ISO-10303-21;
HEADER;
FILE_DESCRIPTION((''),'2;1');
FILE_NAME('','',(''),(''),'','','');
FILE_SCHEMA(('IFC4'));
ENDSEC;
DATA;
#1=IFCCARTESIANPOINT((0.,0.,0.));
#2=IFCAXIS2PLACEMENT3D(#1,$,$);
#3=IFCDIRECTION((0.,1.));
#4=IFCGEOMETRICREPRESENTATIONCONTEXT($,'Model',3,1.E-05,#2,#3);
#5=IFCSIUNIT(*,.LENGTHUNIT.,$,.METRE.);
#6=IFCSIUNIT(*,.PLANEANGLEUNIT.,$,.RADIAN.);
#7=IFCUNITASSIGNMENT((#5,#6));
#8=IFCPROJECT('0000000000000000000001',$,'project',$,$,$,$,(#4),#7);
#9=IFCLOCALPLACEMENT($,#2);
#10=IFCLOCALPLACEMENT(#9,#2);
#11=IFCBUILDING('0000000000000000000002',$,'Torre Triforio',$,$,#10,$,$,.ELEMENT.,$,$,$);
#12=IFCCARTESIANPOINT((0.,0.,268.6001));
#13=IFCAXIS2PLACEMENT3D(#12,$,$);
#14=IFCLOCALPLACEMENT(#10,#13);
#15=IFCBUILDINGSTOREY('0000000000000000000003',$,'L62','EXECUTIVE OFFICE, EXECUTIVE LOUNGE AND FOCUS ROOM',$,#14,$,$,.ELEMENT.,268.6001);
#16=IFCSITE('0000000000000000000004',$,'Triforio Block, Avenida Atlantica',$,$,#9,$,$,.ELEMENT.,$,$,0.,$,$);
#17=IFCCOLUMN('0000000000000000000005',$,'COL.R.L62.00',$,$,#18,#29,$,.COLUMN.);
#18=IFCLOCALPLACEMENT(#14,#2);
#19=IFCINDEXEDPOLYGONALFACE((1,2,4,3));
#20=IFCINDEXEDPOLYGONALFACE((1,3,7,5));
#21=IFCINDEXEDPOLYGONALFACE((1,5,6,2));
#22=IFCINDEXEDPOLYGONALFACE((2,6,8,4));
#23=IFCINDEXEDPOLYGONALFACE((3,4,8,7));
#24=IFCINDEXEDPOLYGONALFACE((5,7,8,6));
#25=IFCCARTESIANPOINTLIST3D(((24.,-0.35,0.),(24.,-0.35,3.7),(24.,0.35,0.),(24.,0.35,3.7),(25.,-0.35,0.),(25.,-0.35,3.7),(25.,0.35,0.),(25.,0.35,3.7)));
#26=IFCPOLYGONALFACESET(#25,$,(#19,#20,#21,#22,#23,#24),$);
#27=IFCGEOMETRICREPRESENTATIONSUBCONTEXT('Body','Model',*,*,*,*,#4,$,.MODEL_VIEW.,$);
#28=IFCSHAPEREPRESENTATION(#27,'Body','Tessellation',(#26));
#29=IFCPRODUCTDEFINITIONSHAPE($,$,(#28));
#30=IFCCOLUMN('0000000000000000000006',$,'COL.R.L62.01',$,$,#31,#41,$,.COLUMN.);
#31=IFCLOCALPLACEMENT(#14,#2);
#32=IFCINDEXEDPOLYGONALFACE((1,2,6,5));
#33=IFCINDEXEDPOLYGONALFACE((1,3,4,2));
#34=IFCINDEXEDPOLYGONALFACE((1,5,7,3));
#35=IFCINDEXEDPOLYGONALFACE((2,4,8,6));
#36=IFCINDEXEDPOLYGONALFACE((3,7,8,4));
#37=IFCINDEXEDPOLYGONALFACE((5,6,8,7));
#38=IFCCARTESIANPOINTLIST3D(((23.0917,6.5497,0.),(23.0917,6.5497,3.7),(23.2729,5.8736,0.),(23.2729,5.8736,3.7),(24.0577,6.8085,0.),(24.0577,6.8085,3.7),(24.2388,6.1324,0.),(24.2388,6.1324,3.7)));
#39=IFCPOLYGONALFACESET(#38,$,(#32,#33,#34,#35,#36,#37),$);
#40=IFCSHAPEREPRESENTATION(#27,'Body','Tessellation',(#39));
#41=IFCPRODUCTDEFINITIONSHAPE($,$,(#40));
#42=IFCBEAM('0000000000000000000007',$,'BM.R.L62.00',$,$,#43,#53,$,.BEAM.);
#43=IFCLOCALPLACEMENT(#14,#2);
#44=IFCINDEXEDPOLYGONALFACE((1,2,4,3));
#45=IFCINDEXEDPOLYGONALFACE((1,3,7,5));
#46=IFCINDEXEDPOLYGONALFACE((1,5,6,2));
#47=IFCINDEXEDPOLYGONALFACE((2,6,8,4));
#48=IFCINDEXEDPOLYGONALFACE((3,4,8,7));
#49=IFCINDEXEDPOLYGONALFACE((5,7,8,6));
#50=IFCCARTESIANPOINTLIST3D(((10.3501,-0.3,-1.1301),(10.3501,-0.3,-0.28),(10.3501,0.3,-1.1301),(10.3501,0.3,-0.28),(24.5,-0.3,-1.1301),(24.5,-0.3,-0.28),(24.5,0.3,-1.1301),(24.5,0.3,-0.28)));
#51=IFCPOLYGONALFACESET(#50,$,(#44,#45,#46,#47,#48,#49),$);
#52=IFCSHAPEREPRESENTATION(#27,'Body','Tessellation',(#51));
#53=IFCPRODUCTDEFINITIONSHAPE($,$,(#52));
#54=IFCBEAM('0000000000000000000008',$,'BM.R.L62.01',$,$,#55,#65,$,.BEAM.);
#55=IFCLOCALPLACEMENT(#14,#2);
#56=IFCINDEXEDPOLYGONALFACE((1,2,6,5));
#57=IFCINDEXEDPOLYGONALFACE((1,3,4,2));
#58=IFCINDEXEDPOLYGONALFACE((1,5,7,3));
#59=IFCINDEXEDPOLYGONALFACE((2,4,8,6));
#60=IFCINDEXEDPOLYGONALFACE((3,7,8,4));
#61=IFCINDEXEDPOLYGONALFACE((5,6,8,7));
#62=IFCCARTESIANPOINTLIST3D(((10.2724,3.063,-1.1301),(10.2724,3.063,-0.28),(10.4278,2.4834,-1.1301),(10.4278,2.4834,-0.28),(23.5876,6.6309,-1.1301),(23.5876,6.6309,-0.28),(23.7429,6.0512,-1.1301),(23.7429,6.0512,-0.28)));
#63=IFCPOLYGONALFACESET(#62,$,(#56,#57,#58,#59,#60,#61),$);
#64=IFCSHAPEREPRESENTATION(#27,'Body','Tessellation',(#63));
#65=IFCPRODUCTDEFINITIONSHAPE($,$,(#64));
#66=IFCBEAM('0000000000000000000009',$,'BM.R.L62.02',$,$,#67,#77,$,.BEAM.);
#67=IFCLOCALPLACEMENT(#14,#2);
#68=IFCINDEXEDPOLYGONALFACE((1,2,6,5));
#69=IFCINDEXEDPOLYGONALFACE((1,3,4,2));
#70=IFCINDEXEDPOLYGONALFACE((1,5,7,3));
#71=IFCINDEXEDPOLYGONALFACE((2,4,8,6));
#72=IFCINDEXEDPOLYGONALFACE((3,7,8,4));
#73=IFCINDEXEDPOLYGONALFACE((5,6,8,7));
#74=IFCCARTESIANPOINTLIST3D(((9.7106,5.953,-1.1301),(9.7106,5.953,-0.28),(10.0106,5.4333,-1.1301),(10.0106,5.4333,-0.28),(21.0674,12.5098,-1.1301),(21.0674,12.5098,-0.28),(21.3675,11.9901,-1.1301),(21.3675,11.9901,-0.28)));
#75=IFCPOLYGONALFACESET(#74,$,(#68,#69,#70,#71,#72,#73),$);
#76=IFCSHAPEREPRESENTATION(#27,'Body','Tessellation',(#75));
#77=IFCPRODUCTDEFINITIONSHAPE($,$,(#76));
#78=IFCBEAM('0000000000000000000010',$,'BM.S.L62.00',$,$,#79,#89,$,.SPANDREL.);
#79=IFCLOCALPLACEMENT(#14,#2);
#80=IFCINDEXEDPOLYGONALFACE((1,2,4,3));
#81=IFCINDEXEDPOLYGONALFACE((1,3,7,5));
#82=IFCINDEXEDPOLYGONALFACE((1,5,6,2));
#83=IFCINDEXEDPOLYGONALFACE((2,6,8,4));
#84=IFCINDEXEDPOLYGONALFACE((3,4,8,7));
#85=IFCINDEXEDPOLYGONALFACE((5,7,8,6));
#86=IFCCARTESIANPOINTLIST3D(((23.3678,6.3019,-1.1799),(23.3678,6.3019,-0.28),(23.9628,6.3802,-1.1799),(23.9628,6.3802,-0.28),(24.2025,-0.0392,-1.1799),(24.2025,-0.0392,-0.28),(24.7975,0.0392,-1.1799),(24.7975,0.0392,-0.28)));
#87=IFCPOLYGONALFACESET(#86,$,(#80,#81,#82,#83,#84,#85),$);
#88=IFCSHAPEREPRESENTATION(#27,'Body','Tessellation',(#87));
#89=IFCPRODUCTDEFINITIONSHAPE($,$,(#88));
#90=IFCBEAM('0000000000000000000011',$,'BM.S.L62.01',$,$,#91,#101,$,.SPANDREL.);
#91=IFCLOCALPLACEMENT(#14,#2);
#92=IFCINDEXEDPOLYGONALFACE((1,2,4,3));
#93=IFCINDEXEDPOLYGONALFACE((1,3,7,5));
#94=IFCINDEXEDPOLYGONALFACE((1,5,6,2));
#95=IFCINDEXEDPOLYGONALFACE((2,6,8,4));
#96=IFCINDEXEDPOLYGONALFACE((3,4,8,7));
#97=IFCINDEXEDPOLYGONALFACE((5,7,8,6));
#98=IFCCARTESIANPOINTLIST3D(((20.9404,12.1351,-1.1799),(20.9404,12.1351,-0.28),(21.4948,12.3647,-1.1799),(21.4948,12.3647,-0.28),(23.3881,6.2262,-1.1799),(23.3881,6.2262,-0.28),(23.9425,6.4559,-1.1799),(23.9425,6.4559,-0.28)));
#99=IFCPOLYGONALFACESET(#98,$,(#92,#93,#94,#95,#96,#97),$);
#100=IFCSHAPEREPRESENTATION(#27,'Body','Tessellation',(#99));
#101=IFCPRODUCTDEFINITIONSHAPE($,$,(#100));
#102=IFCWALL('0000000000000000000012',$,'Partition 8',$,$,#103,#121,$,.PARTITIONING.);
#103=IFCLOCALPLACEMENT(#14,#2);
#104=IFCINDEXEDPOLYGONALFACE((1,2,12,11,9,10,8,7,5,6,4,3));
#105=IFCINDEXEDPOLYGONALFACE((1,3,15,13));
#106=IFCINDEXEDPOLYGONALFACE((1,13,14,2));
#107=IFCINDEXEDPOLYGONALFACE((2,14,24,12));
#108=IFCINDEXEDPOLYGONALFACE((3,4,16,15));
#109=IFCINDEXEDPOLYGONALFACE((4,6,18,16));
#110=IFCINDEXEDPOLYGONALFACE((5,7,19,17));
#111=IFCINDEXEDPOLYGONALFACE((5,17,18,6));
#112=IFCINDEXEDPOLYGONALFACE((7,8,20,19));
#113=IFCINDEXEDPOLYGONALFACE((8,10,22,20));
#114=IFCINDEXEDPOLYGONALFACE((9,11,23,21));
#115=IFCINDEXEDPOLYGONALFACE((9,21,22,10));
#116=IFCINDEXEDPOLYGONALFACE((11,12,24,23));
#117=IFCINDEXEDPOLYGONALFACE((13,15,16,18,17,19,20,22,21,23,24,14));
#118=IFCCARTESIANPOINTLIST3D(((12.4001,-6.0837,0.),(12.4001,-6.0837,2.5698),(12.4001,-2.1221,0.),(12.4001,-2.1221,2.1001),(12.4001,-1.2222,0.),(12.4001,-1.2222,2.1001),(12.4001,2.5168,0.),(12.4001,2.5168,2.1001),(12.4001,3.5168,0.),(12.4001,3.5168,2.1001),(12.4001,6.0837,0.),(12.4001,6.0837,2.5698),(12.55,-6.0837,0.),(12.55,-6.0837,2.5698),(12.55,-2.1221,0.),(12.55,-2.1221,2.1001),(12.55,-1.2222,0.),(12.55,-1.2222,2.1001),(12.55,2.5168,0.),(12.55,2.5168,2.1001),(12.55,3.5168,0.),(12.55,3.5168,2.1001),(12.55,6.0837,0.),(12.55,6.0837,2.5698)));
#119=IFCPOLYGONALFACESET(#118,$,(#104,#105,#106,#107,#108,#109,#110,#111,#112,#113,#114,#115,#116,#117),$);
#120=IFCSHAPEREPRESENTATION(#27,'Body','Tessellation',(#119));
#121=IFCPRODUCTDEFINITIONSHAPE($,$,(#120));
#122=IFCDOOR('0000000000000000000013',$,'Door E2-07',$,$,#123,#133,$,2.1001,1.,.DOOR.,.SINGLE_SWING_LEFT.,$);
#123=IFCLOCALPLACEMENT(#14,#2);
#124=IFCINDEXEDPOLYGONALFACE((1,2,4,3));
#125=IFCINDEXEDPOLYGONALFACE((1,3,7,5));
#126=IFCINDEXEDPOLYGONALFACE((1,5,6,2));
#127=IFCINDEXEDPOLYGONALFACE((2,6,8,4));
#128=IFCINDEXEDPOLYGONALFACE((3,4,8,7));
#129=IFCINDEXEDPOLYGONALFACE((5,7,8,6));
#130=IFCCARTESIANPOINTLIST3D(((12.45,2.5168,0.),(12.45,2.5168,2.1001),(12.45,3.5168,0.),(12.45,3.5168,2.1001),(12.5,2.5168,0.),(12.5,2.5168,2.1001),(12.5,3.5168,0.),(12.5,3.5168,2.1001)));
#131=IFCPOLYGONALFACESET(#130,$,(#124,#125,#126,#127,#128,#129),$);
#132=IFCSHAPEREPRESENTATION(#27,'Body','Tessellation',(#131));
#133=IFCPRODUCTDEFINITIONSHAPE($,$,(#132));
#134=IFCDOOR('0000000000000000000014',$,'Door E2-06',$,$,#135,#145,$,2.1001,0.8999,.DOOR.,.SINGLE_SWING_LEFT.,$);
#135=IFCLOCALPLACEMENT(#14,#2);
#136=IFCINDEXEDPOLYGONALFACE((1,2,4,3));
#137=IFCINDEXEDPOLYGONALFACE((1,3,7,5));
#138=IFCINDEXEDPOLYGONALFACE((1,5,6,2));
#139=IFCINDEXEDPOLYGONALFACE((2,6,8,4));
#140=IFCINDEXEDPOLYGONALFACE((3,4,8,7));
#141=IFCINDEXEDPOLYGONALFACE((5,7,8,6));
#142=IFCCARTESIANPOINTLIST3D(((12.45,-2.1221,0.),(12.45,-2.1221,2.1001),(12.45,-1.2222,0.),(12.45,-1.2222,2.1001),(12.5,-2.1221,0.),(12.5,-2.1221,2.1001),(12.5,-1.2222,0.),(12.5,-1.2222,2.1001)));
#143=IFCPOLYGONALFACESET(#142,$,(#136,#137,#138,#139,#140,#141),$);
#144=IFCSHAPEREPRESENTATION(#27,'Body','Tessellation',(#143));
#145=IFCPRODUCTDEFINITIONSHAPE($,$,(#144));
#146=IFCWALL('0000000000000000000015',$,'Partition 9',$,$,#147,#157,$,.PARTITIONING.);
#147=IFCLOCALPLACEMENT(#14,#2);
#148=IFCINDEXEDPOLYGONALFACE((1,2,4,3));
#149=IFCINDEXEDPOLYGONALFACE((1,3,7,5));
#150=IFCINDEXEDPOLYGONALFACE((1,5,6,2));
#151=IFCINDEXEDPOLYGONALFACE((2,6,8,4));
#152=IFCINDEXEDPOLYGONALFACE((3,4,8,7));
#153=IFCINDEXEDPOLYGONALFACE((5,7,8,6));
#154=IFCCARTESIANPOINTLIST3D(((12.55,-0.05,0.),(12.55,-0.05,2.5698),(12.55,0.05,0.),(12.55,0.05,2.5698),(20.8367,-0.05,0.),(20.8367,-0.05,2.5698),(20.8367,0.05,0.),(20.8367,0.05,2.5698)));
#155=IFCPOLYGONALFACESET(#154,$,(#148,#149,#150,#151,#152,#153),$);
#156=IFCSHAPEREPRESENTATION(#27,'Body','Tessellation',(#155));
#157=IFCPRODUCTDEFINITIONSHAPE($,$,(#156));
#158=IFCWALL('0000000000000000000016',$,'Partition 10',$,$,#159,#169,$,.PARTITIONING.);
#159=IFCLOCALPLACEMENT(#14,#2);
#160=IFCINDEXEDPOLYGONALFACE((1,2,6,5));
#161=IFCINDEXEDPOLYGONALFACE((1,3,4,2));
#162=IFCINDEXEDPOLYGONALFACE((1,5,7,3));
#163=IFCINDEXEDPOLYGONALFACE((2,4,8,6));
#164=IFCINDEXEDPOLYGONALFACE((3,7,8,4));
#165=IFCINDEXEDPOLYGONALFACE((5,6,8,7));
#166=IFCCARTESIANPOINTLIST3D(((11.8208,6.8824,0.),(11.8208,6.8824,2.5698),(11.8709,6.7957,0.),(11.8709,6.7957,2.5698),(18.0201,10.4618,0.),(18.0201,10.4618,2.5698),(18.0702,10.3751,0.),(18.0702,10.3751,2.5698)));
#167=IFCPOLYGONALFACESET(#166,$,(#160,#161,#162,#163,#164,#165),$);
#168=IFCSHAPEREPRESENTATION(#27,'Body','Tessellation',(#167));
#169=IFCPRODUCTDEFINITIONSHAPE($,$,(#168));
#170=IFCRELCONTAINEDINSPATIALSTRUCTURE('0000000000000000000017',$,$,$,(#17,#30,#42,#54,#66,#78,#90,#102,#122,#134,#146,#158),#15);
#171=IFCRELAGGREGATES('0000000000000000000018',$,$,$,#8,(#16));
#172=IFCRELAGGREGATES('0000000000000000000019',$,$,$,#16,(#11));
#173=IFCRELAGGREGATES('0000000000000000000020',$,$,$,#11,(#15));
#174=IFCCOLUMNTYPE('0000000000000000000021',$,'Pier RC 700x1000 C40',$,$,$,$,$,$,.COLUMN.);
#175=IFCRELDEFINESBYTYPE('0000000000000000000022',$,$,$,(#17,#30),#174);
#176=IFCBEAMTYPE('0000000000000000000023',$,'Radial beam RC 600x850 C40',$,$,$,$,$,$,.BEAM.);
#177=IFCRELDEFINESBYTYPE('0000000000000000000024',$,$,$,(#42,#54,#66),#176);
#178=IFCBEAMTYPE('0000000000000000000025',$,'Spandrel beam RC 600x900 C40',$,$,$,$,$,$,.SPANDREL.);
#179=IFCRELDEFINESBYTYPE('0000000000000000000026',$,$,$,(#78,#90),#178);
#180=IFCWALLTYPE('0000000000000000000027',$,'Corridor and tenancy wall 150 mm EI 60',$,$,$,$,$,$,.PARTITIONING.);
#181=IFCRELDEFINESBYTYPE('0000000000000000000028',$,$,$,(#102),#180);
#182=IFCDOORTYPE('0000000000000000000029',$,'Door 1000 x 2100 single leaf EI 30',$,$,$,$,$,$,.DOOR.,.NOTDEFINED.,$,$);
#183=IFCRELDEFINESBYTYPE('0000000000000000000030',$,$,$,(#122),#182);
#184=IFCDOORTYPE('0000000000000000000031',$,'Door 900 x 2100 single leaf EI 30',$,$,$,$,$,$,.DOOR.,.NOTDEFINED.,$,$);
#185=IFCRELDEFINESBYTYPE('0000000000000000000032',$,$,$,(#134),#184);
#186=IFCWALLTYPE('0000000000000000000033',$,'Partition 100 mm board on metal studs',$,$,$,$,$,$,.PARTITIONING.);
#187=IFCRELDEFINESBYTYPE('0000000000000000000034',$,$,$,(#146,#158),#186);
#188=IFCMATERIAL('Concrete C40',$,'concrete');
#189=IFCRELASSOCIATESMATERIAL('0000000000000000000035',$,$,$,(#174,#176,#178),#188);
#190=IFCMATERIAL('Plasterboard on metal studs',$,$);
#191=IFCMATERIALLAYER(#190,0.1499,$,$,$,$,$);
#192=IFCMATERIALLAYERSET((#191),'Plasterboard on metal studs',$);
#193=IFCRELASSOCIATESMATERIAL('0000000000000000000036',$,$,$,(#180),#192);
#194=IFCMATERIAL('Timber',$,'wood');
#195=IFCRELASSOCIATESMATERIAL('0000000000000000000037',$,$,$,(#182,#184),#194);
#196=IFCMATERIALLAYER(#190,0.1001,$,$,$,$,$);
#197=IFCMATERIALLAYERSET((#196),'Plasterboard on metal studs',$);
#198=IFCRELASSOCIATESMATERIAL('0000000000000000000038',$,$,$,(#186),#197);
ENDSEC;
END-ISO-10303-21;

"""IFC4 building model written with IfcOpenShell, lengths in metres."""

from ifc_helpers import new_model, si_unit, direction, frame, frame_2d, origin, origin_2d, place, context, subcontext, project, spatial, rectangle, extrude, material, layer, layer_set, material_profile, profile_set, type_object, element, fill, save


model = new_model("IFC4")

# Units and contexts
model_context = context("Model", 3, precision=1e-05, world=origin(), true_north=direction((0.0, 1.0)))
body_context = subcontext(model_context, "Body", "Model", "MODEL_VIEW")
ifc_project = project(units=[si_unit("LENGTHUNIT", "METRE"), si_unit("PLANEANGLEUNIT", "RADIAN")], contexts=[model_context])

# Site, building, storey
site_placement = place(None, origin())
site = spatial("IfcSite", under=ifc_project, at=site_placement, Name="Triforio Block, Avenida Atlantica", CompositionType="ELEMENT", RefElevation=0.0)
building_placement = place(site_placement, origin())
building = spatial("IfcBuilding", under=site, at=building_placement, Name="Torre Triforio", CompositionType="ELEMENT")
storey_placement = place(building_placement, frame((0.0, 0.0, 268.6001)))
storey = spatial("IfcBuildingStorey", under=building, at=storey_placement, Name="L62", Description="EXECUTIVE OFFICE, EXECUTIVE LOUNGE AND FOCUS ROOM", CompositionType="ELEMENT", Elevation=268.6001)

# Columns
ifc_material_1 = material(Name="Concrete C40", Category="concrete")
ifc_material_profile_1 = material_profile(ifc_material_1, rectangle(XDim=0.7, YDim=1.0, at=origin_2d()), Name="RC 700x1000")
ifc_profile_set_1 = profile_set([ifc_material_profile_1], Name="Concrete C40")
column_type = type_object("IfcColumnType", Name="Pier RC 700x1000 C40", PredefinedType="COLUMN", material=ifc_profile_set_1)
for number, where, z_axis, x_axis, name in (
    (1, (24.5, 0.0, 0.0), (0.0, 0.0, 1.0), (0.0, 1.0, 0.0), "COL.R.L62.00"),
    (2, (23.6653, 6.3411, 0.0), (0.0, 0.0, 1.0), (-0.258819, 0.965926, 0.0), "COL.R.L62.01"),
):
    element("IfcColumn", number, at=place(storey_placement, frame(where, z_axis=z_axis, x_axis=x_axis)), inside=storey, type_object=column_type, Name=name, PredefinedType="COLUMN", context=body_context, shape_type="SweptSolid", body=[
        extrude(rectangle(XDim=0.7, YDim=1.0, at=origin_2d()), origin(), (0.0, 0.0, 1.0), 3.7),
    ])

# Beams
ifc_material_profile_2 = material_profile(ifc_material_1, rectangle(XDim=0.6001, YDim=0.8501, at=origin_2d()), Name="RC 600x850")
ifc_profile_set_2 = profile_set([ifc_material_profile_2], Name="Concrete C40")
beam_type_1 = type_object("IfcBeamType", Name="Radial beam RC 600x850 C40", PredefinedType="BEAM", material=ifc_profile_set_2)
beam_1_placement = place(storey_placement, frame((10.3501, 0.0, -0.7051), z_axis=(1.0, 0.0, 0.0), x_axis=(0.0, 1.0, 0.0)))
element("IfcBeam", 3, at=beam_1_placement, inside=storey, type_object=beam_type_1, Name="BM.R.L62.00", PredefinedType="BEAM", context=body_context, shape_type="SweptSolid", body=[
    extrude(rectangle(XDim=0.6001, YDim=0.8501, at=origin_2d()), origin(), (0.0, 0.0, 1.0), 14.1499),
])
beam_2_placement = place(storey_placement, frame((10.3501, 2.7732, -0.7051), z_axis=(0.965924, 0.258824, 0.0), x_axis=(-0.258824, 0.965924, 0.0)))
element("IfcBeam", 4, at=beam_2_placement, inside=storey, type_object=beam_type_1, Name="BM.R.L62.01", PredefinedType="BEAM", context=body_context, shape_type="SweptSolid", body=[
    extrude(rectangle(XDim=0.6001, YDim=0.8501, at=origin_2d()), origin(), (0.0, 0.0, 1.0), 13.7849),
])
beam_3_placement = place(storey_placement, frame((9.8606, 5.6931, -0.7051), z_axis=(0.866027, 0.499997, 0.0), x_axis=(-0.499997, 0.866027, 0.0)))
element("IfcBeam", 5, at=beam_3_placement, inside=storey, type_object=beam_type_1, Name="BM.R.L62.02", PredefinedType="BEAM", context=body_context, shape_type="SweptSolid", body=[
    extrude(rectangle(XDim=0.6001, YDim=0.8501, at=origin_2d()), origin(), (0.0, 0.0, 1.0), 13.1138),
])
ifc_material_profile_3 = material_profile(ifc_material_1, rectangle(XDim=0.6001, YDim=0.8999, at=origin_2d()), Name="RC 600x900")
ifc_profile_set_3 = profile_set([ifc_material_profile_3], Name="Concrete C40")
beam_type_2 = type_object("IfcBeamType", Name="Spandrel beam RC 600x900 C40", PredefinedType="SPANDREL", material=ifc_profile_set_3)
for number, where, z_axis, x_axis, name in (
    (6, (24.5, 0.0, -0.73), (-0.130511, 0.991447, 0.0), (-0.991447, -0.130511, 0.0), "BM.S.L62.00"),
    (7, (23.6653, 6.3411, -0.73), (-0.382709, 0.923869, 0.0), (-0.923869, -0.382709, 0.0), "BM.S.L62.01"),
):
    element("IfcBeam", number, at=place(storey_placement, frame(where, z_axis=z_axis, x_axis=x_axis)), inside=storey, type_object=beam_type_2, Name=name, PredefinedType="SPANDREL", context=body_context, shape_type="SweptSolid", body=[
        extrude(rectangle(XDim=0.6001, YDim=0.8999, at=origin_2d()), origin(), (0.0, 0.0, 1.0), 6.3958),
    ])

# Wall, openings, doors
ifc_material_2 = material(Name="Plasterboard on metal studs")
ifc_layer_1 = layer(ifc_material_2, 0.1499)
ifc_layer_set_1 = layer_set([ifc_layer_1], Name="Plasterboard on metal studs")
wall_type_1 = type_object("IfcWallType", Name="Corridor and tenancy wall 150 mm EI 60", PredefinedType="PARTITIONING", material=ifc_layer_set_1)
wall_1_placement = place(storey_placement, frame((12.4751, 6.0837, 0.0), z_axis=(0.0, 0.0, 1.0), x_axis=(0.0, -1.0, 0.0)))
wall_1 = element("IfcWall", 8, at=wall_1_placement, inside=storey, type_object=wall_type_1, Name="Partition 8", PredefinedType="PARTITIONING", context=body_context, shape_type="SweptSolid", body=[
    extrude(rectangle(XDim=12.1675, YDim=0.1499, at=frame_2d((6.0837, 0.0))), origin(), (0.0, 0.0, 1.0), 2.5698),
])
opening_1_placement = place(wall_1_placement, frame((7.3059, 0.0, 0.0)))
opening_1 = element("IfcOpeningElement", 9, at=opening_1_placement, cuts=wall_1, PredefinedType="OPENING", context=body_context, shape_type="SweptSolid", body=[
    extrude(rectangle(XDim=0.8999, YDim=2.1001, at=frame_2d((0.45, 1.05))), frame((0.0, 0.085, 0.0), z_axis=(0.0, -1.0, 0.0), x_axis=(1.0, 0.0, 0.0)), (0.0, 0.0, 1.0), 0.1699),
])
opening_2_placement = place(wall_1_placement, frame((2.5669, 0.0, 0.0)))
opening_2 = element("IfcOpeningElement", 10, at=opening_2_placement, cuts=wall_1, PredefinedType="OPENING", context=body_context, shape_type="SweptSolid", body=[
    extrude(rectangle(XDim=1.0, YDim=2.1001, at=frame_2d((0.5, 1.05))), frame((0.0, 0.085, 0.0), z_axis=(0.0, -1.0, 0.0), x_axis=(1.0, 0.0, 0.0)), (0.0, 0.0, 1.0), 0.1699),
])
ifc_material_3 = material(Name="Timber", Category="wood")
door_type_1 = type_object("IfcDoorType", Name="Door 1000 x 2100 single leaf EI 30", OperationType="NOTDEFINED", PredefinedType="DOOR", material=ifc_material_3)
door_1_placement = place(opening_2_placement, origin())
door_1 = element("IfcDoor", 11, at=door_1_placement, inside=storey, type_object=door_type_1, Name="Door E2-07", OperationType="SINGLE_SWING_LEFT", OverallHeight=2.1001, OverallWidth=1.0, PredefinedType="DOOR", context=body_context, shape_type="SweptSolid", body=[
    extrude(rectangle(XDim=1.0, YDim=2.1001, at=frame_2d((0.5, 1.05))), frame((0.0, 0.0249, 0.0), z_axis=(0.0, -1.0, 0.0), x_axis=(1.0, 0.0, 0.0)), (0.0, 0.0, 1.0), 0.05),
])
fill(opening_2, door_1)
door_type_2 = type_object("IfcDoorType", Name="Door 900 x 2100 single leaf EI 30", OperationType="NOTDEFINED", PredefinedType="DOOR", material=ifc_material_3)
door_2_placement = place(opening_1_placement, origin())
door_2 = element("IfcDoor", 12, at=door_2_placement, inside=storey, type_object=door_type_2, Name="Door E2-06", OperationType="SINGLE_SWING_LEFT", OverallHeight=2.1001, OverallWidth=0.8999, PredefinedType="DOOR", context=body_context, shape_type="SweptSolid", body=[
    extrude(rectangle(XDim=0.8999, YDim=2.1001, at=frame_2d((0.45, 1.05))), frame((0.0, 0.0249, 0.0), z_axis=(0.0, -1.0, 0.0), x_axis=(1.0, 0.0, 0.0)), (0.0, 0.0, 1.0), 0.05),
])
fill(opening_1, door_2)

# Walls
ifc_layer_2 = layer(ifc_material_2, 0.1001)
ifc_layer_set_2 = layer_set([ifc_layer_2], Name="Plasterboard on metal studs")
wall_type_2 = type_object("IfcWallType", Name="Partition 100 mm board on metal studs", PredefinedType="PARTITIONING", material=ifc_layer_set_2)
wall_2_placement = place(storey_placement, frame((12.55, 0.0, 0.0), z_axis=(0.0, 0.0, 1.0), x_axis=(1.0, 0.0, 0.0)))
element("IfcWall", 13, at=wall_2_placement, inside=storey, type_object=wall_type_2, Name="Partition 9", PredefinedType="PARTITIONING", context=body_context, shape_type="SweptSolid", body=[
    extrude(rectangle(XDim=8.2866, YDim=0.1001, at=frame_2d((4.1433, 0.0))), origin(), (0.0, 0.0, 1.0), 2.5698),
])
wall_3_placement = place(storey_placement, frame((11.8459, 6.8391, 0.0), z_axis=(0.0, 0.0, 1.0), x_axis=(0.866012, 0.500024, 0.0)))
element("IfcWall", 14, at=wall_3_placement, inside=storey, type_object=wall_type_2, Name="Partition 10", PredefinedType="PARTITIONING", context=body_context, shape_type="SweptSolid", body=[
    extrude(rectangle(XDim=7.1584, YDim=0.1001, at=frame_2d((3.5791, 0.0))), origin(), (0.0, 0.0, 1.0), 2.5698),
])

save(model, "model.ifc")
